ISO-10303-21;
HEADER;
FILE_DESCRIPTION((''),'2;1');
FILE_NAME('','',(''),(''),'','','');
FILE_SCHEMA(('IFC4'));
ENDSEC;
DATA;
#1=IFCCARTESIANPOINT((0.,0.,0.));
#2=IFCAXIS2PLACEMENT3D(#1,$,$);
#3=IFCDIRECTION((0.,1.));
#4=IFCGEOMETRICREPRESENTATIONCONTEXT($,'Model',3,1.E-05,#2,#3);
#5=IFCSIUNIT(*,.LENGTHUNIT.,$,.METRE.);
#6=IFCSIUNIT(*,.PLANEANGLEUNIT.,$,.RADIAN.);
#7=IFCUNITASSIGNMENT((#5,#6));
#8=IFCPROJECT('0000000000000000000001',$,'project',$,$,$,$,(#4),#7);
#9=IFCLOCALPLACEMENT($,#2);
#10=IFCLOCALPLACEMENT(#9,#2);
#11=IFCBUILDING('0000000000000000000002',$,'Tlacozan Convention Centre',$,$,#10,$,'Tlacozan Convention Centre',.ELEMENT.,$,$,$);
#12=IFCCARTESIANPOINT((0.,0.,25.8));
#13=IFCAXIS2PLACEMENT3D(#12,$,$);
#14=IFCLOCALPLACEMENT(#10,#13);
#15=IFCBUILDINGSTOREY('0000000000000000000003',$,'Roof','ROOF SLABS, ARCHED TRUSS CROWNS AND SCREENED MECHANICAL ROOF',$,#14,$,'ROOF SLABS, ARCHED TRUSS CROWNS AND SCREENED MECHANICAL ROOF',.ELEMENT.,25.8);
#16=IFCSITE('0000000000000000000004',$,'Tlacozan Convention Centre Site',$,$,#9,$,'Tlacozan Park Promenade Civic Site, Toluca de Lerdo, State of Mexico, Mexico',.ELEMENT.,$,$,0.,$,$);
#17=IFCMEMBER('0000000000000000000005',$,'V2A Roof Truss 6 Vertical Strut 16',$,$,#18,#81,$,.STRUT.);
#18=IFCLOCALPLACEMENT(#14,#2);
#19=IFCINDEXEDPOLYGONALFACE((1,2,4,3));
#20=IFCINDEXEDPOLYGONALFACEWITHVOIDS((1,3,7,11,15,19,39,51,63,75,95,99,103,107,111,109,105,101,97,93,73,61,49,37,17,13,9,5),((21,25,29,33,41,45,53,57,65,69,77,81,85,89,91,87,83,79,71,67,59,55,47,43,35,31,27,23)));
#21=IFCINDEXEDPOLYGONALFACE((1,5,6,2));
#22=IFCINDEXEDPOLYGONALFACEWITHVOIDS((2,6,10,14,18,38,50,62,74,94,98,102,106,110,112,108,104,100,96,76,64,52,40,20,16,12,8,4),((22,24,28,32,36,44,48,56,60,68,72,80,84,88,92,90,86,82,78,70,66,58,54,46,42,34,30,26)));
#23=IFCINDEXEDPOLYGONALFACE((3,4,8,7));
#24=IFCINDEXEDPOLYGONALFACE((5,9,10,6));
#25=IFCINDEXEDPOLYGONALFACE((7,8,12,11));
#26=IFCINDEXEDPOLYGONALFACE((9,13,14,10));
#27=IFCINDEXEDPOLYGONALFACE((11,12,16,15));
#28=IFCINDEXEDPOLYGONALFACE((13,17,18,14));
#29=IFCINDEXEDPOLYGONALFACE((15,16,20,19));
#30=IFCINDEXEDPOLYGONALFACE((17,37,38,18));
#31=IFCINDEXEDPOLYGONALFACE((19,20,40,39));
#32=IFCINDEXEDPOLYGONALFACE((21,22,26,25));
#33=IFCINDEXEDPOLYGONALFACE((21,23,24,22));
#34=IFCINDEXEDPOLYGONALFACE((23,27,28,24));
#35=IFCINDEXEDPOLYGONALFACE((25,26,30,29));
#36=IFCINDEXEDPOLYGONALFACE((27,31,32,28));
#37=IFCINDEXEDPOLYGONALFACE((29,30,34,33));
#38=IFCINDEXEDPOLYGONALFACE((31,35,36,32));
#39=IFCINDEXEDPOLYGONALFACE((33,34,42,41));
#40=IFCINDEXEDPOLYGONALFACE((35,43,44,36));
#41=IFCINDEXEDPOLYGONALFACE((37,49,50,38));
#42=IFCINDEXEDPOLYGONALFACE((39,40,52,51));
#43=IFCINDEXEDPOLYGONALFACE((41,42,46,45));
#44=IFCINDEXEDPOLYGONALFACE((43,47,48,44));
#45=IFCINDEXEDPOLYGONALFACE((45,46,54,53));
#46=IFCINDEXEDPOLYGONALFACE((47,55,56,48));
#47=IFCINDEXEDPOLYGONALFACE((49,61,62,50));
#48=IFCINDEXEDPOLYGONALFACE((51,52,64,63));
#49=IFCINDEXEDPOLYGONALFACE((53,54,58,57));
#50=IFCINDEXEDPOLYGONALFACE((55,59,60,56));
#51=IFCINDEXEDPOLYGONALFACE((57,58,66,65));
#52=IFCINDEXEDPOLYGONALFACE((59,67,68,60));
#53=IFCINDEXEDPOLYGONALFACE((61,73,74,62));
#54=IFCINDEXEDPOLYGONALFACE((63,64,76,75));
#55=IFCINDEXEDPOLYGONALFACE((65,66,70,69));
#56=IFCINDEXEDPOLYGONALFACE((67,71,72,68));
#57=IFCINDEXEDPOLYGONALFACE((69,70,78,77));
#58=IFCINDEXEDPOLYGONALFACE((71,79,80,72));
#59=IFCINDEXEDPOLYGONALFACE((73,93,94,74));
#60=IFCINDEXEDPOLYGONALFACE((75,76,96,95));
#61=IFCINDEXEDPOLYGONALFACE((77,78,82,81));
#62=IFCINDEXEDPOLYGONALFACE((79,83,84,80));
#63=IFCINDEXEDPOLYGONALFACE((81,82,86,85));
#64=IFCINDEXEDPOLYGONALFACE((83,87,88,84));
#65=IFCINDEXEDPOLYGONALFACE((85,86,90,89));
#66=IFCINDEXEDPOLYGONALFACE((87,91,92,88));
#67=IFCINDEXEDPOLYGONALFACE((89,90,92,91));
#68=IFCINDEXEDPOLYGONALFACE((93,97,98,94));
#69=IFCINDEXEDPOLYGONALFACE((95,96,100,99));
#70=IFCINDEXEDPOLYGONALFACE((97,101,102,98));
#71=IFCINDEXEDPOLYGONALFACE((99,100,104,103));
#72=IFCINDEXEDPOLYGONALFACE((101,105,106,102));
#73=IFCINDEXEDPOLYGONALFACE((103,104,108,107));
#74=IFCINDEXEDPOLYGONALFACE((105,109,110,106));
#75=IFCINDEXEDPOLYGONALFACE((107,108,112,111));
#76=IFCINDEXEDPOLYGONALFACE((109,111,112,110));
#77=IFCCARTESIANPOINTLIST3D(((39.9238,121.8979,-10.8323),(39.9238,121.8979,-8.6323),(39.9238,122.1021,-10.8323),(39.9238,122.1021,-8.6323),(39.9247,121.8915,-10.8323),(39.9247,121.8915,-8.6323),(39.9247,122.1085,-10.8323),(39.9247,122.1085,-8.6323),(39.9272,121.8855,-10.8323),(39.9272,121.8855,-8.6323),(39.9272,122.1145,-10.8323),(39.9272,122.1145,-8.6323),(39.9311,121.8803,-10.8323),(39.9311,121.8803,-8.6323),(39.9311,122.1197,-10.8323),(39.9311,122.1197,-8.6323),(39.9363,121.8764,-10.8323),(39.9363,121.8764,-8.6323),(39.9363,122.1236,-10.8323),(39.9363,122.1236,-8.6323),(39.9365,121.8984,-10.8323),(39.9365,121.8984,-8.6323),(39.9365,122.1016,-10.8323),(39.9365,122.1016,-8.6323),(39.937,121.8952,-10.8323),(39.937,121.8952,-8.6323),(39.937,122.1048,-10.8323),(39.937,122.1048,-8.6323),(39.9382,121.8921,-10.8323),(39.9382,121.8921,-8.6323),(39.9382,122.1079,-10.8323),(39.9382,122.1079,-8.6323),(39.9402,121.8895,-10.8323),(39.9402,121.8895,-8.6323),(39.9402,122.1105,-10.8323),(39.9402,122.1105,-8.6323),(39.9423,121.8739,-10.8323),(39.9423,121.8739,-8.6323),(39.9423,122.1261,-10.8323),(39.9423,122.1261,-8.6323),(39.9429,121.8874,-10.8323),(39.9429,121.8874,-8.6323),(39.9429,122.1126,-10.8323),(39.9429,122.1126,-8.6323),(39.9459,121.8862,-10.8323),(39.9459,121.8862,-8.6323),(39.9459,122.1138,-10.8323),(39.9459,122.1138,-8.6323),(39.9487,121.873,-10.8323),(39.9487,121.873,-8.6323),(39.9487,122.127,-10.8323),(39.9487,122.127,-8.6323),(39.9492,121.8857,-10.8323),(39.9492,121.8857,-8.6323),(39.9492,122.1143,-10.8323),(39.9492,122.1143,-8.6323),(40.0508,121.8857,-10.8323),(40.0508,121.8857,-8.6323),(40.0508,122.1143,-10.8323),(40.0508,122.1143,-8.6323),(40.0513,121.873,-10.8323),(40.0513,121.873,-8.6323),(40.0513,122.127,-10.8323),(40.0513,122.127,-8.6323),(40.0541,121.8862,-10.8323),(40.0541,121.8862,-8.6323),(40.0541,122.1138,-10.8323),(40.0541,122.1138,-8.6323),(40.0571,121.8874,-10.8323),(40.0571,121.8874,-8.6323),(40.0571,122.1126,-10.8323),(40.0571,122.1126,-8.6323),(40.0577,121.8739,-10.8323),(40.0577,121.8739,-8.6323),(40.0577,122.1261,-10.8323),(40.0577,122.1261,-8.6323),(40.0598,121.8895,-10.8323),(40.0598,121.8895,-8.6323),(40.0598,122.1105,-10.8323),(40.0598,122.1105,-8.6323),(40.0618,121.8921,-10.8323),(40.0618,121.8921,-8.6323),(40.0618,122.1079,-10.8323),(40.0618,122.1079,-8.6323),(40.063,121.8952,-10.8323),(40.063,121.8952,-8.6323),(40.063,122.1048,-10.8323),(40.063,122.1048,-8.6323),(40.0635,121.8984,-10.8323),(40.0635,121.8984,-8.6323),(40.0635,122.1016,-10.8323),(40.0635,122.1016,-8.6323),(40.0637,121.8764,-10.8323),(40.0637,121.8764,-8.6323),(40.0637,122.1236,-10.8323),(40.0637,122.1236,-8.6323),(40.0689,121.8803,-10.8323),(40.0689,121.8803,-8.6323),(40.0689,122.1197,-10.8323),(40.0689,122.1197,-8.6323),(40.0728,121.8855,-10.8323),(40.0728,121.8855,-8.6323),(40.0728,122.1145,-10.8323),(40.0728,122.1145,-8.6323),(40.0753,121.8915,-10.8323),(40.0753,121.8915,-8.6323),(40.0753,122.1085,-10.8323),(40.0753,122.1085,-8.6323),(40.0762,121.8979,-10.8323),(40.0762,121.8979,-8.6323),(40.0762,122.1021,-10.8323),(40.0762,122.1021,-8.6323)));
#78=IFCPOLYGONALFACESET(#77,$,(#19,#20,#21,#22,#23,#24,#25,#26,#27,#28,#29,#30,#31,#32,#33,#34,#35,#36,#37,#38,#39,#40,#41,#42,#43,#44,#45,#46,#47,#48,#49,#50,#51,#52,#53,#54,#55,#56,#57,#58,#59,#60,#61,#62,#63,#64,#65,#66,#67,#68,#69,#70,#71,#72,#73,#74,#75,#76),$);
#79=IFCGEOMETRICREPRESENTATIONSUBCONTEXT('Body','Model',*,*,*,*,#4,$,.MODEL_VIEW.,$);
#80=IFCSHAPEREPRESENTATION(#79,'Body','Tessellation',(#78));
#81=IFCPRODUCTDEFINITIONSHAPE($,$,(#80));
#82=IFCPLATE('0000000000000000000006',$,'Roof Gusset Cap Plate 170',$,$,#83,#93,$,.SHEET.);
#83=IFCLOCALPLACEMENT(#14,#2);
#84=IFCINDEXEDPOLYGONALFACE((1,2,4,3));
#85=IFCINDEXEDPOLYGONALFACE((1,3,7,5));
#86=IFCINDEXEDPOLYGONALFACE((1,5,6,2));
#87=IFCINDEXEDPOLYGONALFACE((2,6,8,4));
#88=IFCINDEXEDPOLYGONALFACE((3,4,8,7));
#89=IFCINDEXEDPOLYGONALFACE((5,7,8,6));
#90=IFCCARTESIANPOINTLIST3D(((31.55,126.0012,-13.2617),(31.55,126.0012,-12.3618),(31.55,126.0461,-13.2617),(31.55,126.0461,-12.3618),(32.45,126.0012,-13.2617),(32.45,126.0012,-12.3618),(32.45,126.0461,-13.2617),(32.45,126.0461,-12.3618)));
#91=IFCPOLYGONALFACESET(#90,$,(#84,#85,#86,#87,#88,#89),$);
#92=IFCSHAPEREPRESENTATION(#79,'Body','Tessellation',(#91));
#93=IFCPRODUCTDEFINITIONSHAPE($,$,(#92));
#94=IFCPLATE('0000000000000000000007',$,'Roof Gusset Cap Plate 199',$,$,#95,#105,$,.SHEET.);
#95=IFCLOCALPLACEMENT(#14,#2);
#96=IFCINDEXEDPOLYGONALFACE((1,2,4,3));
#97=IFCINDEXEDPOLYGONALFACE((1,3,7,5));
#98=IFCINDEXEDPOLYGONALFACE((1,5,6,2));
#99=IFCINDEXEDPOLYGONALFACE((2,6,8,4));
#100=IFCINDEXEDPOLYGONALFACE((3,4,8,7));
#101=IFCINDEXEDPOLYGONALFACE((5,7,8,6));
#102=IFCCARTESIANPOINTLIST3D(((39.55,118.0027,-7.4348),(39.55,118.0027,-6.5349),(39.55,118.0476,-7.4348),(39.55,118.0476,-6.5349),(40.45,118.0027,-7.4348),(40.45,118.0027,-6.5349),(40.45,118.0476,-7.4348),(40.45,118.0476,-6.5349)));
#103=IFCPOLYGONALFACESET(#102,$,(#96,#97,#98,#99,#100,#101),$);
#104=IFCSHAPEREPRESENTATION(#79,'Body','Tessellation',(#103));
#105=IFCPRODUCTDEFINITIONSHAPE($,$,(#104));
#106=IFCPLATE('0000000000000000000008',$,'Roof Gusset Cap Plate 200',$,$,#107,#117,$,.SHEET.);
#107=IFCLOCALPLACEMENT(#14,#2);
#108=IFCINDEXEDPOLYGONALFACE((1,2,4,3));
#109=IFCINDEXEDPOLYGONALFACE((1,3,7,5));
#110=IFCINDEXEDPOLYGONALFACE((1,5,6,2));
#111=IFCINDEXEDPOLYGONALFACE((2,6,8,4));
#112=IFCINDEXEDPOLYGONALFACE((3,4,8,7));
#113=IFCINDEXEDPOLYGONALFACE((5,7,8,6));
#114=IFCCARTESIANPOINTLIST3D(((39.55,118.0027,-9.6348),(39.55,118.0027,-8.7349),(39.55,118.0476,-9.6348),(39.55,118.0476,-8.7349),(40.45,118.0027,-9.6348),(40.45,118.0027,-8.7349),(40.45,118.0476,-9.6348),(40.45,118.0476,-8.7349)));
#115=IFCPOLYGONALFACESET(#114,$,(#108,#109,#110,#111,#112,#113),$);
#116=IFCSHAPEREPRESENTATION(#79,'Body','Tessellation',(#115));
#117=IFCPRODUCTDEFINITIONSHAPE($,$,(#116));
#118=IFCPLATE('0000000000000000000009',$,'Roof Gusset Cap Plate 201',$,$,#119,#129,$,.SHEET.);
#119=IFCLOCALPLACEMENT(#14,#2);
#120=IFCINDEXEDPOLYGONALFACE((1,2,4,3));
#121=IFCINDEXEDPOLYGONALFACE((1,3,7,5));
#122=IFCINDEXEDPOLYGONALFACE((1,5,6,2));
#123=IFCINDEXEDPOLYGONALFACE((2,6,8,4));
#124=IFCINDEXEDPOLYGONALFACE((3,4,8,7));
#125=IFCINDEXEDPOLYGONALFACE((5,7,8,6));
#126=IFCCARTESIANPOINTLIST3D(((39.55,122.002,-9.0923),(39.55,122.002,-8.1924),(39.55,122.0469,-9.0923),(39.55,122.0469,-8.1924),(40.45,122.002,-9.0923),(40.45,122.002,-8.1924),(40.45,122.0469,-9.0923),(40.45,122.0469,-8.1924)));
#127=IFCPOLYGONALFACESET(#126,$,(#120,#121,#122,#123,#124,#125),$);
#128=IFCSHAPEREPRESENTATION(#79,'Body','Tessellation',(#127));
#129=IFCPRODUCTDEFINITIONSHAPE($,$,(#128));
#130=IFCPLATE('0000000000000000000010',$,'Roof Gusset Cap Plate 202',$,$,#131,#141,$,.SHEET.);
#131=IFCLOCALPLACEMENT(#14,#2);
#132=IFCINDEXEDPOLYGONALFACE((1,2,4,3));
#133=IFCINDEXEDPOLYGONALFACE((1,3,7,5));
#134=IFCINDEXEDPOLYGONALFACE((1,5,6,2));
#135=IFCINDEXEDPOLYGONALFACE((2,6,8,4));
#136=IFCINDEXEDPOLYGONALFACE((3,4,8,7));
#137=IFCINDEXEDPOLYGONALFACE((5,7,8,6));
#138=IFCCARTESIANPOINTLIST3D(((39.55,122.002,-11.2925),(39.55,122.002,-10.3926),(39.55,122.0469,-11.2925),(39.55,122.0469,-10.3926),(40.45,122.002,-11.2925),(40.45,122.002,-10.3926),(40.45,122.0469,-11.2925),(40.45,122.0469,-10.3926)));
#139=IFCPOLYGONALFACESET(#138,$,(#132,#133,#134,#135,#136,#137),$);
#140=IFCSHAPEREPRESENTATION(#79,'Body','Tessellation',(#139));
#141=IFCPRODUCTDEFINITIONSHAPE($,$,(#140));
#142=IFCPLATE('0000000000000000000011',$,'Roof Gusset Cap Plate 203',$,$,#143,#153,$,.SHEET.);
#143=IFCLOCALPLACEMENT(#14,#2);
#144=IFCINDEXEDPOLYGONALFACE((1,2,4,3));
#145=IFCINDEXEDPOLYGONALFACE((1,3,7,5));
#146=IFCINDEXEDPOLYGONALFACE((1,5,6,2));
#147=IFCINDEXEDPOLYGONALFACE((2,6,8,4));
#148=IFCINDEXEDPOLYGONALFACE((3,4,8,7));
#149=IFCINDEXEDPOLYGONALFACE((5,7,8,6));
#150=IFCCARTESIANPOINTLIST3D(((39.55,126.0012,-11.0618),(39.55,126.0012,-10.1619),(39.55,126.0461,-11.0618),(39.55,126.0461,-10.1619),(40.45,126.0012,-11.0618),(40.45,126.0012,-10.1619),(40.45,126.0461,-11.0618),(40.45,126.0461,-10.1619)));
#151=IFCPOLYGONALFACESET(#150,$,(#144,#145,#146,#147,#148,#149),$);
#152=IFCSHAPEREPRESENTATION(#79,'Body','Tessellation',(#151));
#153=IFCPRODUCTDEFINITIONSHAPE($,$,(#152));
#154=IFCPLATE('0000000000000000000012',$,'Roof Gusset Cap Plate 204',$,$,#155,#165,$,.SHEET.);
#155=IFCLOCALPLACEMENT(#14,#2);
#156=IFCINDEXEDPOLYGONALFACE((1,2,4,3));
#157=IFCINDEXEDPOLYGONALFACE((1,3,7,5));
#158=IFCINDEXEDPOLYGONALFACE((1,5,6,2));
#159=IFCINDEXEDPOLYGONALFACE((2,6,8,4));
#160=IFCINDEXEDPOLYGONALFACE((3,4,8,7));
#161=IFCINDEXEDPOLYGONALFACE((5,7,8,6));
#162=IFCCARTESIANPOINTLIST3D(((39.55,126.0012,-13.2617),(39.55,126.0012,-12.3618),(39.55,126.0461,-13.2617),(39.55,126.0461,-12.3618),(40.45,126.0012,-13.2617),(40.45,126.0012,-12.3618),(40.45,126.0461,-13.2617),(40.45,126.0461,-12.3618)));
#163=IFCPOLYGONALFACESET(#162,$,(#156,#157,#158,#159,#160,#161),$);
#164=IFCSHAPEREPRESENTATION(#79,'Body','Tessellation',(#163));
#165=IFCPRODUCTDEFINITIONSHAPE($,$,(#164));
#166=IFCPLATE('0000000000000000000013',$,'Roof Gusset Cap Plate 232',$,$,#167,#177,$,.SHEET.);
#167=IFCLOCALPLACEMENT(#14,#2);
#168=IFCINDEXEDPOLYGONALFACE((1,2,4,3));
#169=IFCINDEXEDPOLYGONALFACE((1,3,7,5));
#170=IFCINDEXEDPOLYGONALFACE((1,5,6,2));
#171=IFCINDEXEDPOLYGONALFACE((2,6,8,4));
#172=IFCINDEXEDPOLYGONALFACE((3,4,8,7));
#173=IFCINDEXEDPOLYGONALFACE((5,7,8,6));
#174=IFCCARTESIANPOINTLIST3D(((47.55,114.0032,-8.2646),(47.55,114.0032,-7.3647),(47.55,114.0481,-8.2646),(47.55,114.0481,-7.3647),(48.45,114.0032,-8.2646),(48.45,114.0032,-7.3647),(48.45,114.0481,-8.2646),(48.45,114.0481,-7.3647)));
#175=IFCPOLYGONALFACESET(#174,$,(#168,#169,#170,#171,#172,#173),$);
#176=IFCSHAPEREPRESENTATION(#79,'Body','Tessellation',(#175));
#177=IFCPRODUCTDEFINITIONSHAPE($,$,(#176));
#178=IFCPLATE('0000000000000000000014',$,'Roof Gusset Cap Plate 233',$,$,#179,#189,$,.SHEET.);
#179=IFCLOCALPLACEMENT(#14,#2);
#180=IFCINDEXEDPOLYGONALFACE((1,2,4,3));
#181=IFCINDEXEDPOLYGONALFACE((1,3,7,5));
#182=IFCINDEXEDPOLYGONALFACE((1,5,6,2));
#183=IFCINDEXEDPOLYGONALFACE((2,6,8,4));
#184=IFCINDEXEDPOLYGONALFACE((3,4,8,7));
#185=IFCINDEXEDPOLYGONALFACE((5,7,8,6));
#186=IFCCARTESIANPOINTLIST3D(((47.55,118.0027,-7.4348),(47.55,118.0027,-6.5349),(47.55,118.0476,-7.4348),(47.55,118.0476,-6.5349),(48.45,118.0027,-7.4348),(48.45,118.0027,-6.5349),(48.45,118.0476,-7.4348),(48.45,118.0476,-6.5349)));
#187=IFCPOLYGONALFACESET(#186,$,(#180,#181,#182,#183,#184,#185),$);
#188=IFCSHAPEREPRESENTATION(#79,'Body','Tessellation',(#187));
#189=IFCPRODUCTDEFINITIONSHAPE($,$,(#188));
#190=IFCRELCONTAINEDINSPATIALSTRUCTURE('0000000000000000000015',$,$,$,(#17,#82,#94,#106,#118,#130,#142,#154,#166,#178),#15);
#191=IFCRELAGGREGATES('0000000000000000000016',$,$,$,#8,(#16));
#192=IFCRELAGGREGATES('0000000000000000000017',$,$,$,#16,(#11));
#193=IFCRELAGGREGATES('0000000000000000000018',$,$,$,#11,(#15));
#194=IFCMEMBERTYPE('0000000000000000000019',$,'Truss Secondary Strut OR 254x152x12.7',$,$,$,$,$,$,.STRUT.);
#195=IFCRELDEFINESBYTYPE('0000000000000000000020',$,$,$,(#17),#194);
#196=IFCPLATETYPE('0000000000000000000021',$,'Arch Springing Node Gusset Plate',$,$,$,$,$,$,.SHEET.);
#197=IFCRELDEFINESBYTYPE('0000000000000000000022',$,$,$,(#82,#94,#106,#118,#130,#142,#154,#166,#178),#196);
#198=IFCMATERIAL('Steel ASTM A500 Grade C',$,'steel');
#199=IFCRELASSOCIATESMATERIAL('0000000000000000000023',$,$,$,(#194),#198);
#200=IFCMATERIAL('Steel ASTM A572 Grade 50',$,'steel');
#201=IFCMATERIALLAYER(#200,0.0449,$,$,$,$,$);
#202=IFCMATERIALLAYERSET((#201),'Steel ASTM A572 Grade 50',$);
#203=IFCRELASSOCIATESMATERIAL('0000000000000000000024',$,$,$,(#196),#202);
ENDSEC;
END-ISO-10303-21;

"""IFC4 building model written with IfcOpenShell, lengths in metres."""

from ifc_helpers import new_model, si_unit, direction, frame, origin, origin_2d, place, context, subcontext, project, spatial, rectangle, hollow_rectangle, extrude, material, layer, layer_set, material_profile, profile_set, type_object, element, save


model = new_model("IFC4")

# Units and contexts
model_context = context("Model", 3, precision=1e-05, world=origin(), true_north=direction((0.0, 1.0)))
body_context = subcontext(model_context, "Body", "Model", "MODEL_VIEW")
ifc_project = project(units=[si_unit("LENGTHUNIT", "METRE"), si_unit("PLANEANGLEUNIT", "RADIAN")], contexts=[model_context])

# Site, building, storey
site_placement = place(None, origin())
site = spatial("IfcSite", under=ifc_project, at=site_placement, Name="Tlacozan Convention Centre Site", LongName="Tlacozan Park Promenade Civic Site, Toluca de Lerdo, State of Mexico, Mexico", CompositionType="ELEMENT", RefElevation=0.0)
building_placement = place(site_placement, origin())
building = spatial("IfcBuilding", under=site, at=building_placement, Name="Tlacozan Convention Centre", LongName="Tlacozan Convention Centre", CompositionType="ELEMENT")
storey_placement = place(building_placement, frame((0.0, 0.0, 25.8)))
storey = spatial("IfcBuildingStorey", under=building, at=storey_placement, Name="Roof", Description="ROOF SLABS, ARCHED TRUSS CROWNS AND SCREENED MECHANICAL ROOF", LongName="ROOF SLABS, ARCHED TRUSS CROWNS AND SCREENED MECHANICAL ROOF", CompositionType="ELEMENT", Elevation=25.8)

# Member
ifc_material_1 = material(Name="Steel ASTM A500 Grade C", Category="steel")
ifc_material_profile_1 = material_profile(ifc_material_1, hollow_rectangle(XDim=0.1523, YDim=0.2539, WallThickness=0.0127, InnerFilletRadius=0.0127, OuterFilletRadius=0.0249, at=origin_2d()), Name="OR 254x152x12.7")
ifc_profile_set_1 = profile_set([ifc_material_profile_1], Name="Steel ASTM A500 Grade C")
member_type_1 = type_object("IfcMemberType", Name="Truss Secondary Strut OR 254x152x12.7", PredefinedType="STRUT", material=ifc_profile_set_1)
member_1_placement = place(storey_placement, frame((40.0, 122.0, -10.8323), z_axis=(0.0, 0.0, 1.0), x_axis=(1.0, 0.0, 0.0)))
element("IfcMember", 1, at=member_1_placement, inside=storey, type_object=member_type_1, Name="V2A Roof Truss 6 Vertical Strut 16", PredefinedType="STRUT", context=body_context, shape_type="SweptSolid", body=[
    extrude(hollow_rectangle(XDim=0.1523, YDim=0.2539, WallThickness=0.0127, InnerFilletRadius=0.0127, OuterFilletRadius=0.0249, at=origin_2d()), origin(), (0.0, 0.0, 1.0), 2.2),
])

# Plates
ifc_material_2 = material(Name="Steel ASTM A572 Grade 50", Category="steel")
ifc_layer = layer(ifc_material_2, 0.0449)
ifc_layer_set = layer_set([ifc_layer], Name="Steel ASTM A572 Grade 50")
plate_type = type_object("IfcPlateType", Name="Arch Springing Node Gusset Plate", PredefinedType="SHEET", material=ifc_layer_set)
for number, where, z_axis, x_axis, name in (
    (2, (32.0, 126.0237, -13.2617), (0.0, 0.0, 1.0), (0.0, 1.0, 0.0), "Roof Gusset Cap Plate 170"),
    (3, (40.0, 118.0251, -7.4348), (0.0, 0.0, 1.0), (0.0, 1.0, 0.0), "Roof Gusset Cap Plate 199"),
    (4, (40.0, 118.0251, -9.6348), (0.0, 0.0, 1.0), (0.0, 1.0, 0.0), "Roof Gusset Cap Plate 200"),
    (5, (40.0, 122.0244, -9.0923), (0.0, 0.0, 1.0), (0.0, 1.0, 0.0), "Roof Gusset Cap Plate 201"),
    (6, (40.0, 122.0244, -11.2925), (0.0, 0.0, 1.0), (0.0, 1.0, 0.0), "Roof Gusset Cap Plate 202"),
    (7, (40.0, 126.0237, -11.0618), (0.0, 0.0, 1.0), (0.0, 1.0, 0.0), "Roof Gusset Cap Plate 203"),
    (8, (40.0, 126.0237, -13.2617), (0.0, 0.0, 1.0), (0.0, 1.0, 0.0), "Roof Gusset Cap Plate 204"),
    (9, (48.0, 114.0256, -8.2646), (0.0, 0.0, 1.0), (0.0, 1.0, 0.0), "Roof Gusset Cap Plate 232"),
    (10, (48.0, 118.0251, -7.4348), (0.0, 0.0, 1.0), (0.0, 1.0, 0.0), "Roof Gusset Cap Plate 233"),
):
    element("IfcPlate", number, at=place(storey_placement, frame(where, z_axis=z_axis, x_axis=x_axis)), inside=storey, type_object=plate_type, Name=name, PredefinedType="SHEET", context=body_context, shape_type="SweptSolid", body=[
        extrude(rectangle(XDim=0.0449, YDim=0.8999, at=origin_2d()), origin(), (0.0, 0.0, 1.0), 0.8999),
    ])

save(model, "model.ifc")
